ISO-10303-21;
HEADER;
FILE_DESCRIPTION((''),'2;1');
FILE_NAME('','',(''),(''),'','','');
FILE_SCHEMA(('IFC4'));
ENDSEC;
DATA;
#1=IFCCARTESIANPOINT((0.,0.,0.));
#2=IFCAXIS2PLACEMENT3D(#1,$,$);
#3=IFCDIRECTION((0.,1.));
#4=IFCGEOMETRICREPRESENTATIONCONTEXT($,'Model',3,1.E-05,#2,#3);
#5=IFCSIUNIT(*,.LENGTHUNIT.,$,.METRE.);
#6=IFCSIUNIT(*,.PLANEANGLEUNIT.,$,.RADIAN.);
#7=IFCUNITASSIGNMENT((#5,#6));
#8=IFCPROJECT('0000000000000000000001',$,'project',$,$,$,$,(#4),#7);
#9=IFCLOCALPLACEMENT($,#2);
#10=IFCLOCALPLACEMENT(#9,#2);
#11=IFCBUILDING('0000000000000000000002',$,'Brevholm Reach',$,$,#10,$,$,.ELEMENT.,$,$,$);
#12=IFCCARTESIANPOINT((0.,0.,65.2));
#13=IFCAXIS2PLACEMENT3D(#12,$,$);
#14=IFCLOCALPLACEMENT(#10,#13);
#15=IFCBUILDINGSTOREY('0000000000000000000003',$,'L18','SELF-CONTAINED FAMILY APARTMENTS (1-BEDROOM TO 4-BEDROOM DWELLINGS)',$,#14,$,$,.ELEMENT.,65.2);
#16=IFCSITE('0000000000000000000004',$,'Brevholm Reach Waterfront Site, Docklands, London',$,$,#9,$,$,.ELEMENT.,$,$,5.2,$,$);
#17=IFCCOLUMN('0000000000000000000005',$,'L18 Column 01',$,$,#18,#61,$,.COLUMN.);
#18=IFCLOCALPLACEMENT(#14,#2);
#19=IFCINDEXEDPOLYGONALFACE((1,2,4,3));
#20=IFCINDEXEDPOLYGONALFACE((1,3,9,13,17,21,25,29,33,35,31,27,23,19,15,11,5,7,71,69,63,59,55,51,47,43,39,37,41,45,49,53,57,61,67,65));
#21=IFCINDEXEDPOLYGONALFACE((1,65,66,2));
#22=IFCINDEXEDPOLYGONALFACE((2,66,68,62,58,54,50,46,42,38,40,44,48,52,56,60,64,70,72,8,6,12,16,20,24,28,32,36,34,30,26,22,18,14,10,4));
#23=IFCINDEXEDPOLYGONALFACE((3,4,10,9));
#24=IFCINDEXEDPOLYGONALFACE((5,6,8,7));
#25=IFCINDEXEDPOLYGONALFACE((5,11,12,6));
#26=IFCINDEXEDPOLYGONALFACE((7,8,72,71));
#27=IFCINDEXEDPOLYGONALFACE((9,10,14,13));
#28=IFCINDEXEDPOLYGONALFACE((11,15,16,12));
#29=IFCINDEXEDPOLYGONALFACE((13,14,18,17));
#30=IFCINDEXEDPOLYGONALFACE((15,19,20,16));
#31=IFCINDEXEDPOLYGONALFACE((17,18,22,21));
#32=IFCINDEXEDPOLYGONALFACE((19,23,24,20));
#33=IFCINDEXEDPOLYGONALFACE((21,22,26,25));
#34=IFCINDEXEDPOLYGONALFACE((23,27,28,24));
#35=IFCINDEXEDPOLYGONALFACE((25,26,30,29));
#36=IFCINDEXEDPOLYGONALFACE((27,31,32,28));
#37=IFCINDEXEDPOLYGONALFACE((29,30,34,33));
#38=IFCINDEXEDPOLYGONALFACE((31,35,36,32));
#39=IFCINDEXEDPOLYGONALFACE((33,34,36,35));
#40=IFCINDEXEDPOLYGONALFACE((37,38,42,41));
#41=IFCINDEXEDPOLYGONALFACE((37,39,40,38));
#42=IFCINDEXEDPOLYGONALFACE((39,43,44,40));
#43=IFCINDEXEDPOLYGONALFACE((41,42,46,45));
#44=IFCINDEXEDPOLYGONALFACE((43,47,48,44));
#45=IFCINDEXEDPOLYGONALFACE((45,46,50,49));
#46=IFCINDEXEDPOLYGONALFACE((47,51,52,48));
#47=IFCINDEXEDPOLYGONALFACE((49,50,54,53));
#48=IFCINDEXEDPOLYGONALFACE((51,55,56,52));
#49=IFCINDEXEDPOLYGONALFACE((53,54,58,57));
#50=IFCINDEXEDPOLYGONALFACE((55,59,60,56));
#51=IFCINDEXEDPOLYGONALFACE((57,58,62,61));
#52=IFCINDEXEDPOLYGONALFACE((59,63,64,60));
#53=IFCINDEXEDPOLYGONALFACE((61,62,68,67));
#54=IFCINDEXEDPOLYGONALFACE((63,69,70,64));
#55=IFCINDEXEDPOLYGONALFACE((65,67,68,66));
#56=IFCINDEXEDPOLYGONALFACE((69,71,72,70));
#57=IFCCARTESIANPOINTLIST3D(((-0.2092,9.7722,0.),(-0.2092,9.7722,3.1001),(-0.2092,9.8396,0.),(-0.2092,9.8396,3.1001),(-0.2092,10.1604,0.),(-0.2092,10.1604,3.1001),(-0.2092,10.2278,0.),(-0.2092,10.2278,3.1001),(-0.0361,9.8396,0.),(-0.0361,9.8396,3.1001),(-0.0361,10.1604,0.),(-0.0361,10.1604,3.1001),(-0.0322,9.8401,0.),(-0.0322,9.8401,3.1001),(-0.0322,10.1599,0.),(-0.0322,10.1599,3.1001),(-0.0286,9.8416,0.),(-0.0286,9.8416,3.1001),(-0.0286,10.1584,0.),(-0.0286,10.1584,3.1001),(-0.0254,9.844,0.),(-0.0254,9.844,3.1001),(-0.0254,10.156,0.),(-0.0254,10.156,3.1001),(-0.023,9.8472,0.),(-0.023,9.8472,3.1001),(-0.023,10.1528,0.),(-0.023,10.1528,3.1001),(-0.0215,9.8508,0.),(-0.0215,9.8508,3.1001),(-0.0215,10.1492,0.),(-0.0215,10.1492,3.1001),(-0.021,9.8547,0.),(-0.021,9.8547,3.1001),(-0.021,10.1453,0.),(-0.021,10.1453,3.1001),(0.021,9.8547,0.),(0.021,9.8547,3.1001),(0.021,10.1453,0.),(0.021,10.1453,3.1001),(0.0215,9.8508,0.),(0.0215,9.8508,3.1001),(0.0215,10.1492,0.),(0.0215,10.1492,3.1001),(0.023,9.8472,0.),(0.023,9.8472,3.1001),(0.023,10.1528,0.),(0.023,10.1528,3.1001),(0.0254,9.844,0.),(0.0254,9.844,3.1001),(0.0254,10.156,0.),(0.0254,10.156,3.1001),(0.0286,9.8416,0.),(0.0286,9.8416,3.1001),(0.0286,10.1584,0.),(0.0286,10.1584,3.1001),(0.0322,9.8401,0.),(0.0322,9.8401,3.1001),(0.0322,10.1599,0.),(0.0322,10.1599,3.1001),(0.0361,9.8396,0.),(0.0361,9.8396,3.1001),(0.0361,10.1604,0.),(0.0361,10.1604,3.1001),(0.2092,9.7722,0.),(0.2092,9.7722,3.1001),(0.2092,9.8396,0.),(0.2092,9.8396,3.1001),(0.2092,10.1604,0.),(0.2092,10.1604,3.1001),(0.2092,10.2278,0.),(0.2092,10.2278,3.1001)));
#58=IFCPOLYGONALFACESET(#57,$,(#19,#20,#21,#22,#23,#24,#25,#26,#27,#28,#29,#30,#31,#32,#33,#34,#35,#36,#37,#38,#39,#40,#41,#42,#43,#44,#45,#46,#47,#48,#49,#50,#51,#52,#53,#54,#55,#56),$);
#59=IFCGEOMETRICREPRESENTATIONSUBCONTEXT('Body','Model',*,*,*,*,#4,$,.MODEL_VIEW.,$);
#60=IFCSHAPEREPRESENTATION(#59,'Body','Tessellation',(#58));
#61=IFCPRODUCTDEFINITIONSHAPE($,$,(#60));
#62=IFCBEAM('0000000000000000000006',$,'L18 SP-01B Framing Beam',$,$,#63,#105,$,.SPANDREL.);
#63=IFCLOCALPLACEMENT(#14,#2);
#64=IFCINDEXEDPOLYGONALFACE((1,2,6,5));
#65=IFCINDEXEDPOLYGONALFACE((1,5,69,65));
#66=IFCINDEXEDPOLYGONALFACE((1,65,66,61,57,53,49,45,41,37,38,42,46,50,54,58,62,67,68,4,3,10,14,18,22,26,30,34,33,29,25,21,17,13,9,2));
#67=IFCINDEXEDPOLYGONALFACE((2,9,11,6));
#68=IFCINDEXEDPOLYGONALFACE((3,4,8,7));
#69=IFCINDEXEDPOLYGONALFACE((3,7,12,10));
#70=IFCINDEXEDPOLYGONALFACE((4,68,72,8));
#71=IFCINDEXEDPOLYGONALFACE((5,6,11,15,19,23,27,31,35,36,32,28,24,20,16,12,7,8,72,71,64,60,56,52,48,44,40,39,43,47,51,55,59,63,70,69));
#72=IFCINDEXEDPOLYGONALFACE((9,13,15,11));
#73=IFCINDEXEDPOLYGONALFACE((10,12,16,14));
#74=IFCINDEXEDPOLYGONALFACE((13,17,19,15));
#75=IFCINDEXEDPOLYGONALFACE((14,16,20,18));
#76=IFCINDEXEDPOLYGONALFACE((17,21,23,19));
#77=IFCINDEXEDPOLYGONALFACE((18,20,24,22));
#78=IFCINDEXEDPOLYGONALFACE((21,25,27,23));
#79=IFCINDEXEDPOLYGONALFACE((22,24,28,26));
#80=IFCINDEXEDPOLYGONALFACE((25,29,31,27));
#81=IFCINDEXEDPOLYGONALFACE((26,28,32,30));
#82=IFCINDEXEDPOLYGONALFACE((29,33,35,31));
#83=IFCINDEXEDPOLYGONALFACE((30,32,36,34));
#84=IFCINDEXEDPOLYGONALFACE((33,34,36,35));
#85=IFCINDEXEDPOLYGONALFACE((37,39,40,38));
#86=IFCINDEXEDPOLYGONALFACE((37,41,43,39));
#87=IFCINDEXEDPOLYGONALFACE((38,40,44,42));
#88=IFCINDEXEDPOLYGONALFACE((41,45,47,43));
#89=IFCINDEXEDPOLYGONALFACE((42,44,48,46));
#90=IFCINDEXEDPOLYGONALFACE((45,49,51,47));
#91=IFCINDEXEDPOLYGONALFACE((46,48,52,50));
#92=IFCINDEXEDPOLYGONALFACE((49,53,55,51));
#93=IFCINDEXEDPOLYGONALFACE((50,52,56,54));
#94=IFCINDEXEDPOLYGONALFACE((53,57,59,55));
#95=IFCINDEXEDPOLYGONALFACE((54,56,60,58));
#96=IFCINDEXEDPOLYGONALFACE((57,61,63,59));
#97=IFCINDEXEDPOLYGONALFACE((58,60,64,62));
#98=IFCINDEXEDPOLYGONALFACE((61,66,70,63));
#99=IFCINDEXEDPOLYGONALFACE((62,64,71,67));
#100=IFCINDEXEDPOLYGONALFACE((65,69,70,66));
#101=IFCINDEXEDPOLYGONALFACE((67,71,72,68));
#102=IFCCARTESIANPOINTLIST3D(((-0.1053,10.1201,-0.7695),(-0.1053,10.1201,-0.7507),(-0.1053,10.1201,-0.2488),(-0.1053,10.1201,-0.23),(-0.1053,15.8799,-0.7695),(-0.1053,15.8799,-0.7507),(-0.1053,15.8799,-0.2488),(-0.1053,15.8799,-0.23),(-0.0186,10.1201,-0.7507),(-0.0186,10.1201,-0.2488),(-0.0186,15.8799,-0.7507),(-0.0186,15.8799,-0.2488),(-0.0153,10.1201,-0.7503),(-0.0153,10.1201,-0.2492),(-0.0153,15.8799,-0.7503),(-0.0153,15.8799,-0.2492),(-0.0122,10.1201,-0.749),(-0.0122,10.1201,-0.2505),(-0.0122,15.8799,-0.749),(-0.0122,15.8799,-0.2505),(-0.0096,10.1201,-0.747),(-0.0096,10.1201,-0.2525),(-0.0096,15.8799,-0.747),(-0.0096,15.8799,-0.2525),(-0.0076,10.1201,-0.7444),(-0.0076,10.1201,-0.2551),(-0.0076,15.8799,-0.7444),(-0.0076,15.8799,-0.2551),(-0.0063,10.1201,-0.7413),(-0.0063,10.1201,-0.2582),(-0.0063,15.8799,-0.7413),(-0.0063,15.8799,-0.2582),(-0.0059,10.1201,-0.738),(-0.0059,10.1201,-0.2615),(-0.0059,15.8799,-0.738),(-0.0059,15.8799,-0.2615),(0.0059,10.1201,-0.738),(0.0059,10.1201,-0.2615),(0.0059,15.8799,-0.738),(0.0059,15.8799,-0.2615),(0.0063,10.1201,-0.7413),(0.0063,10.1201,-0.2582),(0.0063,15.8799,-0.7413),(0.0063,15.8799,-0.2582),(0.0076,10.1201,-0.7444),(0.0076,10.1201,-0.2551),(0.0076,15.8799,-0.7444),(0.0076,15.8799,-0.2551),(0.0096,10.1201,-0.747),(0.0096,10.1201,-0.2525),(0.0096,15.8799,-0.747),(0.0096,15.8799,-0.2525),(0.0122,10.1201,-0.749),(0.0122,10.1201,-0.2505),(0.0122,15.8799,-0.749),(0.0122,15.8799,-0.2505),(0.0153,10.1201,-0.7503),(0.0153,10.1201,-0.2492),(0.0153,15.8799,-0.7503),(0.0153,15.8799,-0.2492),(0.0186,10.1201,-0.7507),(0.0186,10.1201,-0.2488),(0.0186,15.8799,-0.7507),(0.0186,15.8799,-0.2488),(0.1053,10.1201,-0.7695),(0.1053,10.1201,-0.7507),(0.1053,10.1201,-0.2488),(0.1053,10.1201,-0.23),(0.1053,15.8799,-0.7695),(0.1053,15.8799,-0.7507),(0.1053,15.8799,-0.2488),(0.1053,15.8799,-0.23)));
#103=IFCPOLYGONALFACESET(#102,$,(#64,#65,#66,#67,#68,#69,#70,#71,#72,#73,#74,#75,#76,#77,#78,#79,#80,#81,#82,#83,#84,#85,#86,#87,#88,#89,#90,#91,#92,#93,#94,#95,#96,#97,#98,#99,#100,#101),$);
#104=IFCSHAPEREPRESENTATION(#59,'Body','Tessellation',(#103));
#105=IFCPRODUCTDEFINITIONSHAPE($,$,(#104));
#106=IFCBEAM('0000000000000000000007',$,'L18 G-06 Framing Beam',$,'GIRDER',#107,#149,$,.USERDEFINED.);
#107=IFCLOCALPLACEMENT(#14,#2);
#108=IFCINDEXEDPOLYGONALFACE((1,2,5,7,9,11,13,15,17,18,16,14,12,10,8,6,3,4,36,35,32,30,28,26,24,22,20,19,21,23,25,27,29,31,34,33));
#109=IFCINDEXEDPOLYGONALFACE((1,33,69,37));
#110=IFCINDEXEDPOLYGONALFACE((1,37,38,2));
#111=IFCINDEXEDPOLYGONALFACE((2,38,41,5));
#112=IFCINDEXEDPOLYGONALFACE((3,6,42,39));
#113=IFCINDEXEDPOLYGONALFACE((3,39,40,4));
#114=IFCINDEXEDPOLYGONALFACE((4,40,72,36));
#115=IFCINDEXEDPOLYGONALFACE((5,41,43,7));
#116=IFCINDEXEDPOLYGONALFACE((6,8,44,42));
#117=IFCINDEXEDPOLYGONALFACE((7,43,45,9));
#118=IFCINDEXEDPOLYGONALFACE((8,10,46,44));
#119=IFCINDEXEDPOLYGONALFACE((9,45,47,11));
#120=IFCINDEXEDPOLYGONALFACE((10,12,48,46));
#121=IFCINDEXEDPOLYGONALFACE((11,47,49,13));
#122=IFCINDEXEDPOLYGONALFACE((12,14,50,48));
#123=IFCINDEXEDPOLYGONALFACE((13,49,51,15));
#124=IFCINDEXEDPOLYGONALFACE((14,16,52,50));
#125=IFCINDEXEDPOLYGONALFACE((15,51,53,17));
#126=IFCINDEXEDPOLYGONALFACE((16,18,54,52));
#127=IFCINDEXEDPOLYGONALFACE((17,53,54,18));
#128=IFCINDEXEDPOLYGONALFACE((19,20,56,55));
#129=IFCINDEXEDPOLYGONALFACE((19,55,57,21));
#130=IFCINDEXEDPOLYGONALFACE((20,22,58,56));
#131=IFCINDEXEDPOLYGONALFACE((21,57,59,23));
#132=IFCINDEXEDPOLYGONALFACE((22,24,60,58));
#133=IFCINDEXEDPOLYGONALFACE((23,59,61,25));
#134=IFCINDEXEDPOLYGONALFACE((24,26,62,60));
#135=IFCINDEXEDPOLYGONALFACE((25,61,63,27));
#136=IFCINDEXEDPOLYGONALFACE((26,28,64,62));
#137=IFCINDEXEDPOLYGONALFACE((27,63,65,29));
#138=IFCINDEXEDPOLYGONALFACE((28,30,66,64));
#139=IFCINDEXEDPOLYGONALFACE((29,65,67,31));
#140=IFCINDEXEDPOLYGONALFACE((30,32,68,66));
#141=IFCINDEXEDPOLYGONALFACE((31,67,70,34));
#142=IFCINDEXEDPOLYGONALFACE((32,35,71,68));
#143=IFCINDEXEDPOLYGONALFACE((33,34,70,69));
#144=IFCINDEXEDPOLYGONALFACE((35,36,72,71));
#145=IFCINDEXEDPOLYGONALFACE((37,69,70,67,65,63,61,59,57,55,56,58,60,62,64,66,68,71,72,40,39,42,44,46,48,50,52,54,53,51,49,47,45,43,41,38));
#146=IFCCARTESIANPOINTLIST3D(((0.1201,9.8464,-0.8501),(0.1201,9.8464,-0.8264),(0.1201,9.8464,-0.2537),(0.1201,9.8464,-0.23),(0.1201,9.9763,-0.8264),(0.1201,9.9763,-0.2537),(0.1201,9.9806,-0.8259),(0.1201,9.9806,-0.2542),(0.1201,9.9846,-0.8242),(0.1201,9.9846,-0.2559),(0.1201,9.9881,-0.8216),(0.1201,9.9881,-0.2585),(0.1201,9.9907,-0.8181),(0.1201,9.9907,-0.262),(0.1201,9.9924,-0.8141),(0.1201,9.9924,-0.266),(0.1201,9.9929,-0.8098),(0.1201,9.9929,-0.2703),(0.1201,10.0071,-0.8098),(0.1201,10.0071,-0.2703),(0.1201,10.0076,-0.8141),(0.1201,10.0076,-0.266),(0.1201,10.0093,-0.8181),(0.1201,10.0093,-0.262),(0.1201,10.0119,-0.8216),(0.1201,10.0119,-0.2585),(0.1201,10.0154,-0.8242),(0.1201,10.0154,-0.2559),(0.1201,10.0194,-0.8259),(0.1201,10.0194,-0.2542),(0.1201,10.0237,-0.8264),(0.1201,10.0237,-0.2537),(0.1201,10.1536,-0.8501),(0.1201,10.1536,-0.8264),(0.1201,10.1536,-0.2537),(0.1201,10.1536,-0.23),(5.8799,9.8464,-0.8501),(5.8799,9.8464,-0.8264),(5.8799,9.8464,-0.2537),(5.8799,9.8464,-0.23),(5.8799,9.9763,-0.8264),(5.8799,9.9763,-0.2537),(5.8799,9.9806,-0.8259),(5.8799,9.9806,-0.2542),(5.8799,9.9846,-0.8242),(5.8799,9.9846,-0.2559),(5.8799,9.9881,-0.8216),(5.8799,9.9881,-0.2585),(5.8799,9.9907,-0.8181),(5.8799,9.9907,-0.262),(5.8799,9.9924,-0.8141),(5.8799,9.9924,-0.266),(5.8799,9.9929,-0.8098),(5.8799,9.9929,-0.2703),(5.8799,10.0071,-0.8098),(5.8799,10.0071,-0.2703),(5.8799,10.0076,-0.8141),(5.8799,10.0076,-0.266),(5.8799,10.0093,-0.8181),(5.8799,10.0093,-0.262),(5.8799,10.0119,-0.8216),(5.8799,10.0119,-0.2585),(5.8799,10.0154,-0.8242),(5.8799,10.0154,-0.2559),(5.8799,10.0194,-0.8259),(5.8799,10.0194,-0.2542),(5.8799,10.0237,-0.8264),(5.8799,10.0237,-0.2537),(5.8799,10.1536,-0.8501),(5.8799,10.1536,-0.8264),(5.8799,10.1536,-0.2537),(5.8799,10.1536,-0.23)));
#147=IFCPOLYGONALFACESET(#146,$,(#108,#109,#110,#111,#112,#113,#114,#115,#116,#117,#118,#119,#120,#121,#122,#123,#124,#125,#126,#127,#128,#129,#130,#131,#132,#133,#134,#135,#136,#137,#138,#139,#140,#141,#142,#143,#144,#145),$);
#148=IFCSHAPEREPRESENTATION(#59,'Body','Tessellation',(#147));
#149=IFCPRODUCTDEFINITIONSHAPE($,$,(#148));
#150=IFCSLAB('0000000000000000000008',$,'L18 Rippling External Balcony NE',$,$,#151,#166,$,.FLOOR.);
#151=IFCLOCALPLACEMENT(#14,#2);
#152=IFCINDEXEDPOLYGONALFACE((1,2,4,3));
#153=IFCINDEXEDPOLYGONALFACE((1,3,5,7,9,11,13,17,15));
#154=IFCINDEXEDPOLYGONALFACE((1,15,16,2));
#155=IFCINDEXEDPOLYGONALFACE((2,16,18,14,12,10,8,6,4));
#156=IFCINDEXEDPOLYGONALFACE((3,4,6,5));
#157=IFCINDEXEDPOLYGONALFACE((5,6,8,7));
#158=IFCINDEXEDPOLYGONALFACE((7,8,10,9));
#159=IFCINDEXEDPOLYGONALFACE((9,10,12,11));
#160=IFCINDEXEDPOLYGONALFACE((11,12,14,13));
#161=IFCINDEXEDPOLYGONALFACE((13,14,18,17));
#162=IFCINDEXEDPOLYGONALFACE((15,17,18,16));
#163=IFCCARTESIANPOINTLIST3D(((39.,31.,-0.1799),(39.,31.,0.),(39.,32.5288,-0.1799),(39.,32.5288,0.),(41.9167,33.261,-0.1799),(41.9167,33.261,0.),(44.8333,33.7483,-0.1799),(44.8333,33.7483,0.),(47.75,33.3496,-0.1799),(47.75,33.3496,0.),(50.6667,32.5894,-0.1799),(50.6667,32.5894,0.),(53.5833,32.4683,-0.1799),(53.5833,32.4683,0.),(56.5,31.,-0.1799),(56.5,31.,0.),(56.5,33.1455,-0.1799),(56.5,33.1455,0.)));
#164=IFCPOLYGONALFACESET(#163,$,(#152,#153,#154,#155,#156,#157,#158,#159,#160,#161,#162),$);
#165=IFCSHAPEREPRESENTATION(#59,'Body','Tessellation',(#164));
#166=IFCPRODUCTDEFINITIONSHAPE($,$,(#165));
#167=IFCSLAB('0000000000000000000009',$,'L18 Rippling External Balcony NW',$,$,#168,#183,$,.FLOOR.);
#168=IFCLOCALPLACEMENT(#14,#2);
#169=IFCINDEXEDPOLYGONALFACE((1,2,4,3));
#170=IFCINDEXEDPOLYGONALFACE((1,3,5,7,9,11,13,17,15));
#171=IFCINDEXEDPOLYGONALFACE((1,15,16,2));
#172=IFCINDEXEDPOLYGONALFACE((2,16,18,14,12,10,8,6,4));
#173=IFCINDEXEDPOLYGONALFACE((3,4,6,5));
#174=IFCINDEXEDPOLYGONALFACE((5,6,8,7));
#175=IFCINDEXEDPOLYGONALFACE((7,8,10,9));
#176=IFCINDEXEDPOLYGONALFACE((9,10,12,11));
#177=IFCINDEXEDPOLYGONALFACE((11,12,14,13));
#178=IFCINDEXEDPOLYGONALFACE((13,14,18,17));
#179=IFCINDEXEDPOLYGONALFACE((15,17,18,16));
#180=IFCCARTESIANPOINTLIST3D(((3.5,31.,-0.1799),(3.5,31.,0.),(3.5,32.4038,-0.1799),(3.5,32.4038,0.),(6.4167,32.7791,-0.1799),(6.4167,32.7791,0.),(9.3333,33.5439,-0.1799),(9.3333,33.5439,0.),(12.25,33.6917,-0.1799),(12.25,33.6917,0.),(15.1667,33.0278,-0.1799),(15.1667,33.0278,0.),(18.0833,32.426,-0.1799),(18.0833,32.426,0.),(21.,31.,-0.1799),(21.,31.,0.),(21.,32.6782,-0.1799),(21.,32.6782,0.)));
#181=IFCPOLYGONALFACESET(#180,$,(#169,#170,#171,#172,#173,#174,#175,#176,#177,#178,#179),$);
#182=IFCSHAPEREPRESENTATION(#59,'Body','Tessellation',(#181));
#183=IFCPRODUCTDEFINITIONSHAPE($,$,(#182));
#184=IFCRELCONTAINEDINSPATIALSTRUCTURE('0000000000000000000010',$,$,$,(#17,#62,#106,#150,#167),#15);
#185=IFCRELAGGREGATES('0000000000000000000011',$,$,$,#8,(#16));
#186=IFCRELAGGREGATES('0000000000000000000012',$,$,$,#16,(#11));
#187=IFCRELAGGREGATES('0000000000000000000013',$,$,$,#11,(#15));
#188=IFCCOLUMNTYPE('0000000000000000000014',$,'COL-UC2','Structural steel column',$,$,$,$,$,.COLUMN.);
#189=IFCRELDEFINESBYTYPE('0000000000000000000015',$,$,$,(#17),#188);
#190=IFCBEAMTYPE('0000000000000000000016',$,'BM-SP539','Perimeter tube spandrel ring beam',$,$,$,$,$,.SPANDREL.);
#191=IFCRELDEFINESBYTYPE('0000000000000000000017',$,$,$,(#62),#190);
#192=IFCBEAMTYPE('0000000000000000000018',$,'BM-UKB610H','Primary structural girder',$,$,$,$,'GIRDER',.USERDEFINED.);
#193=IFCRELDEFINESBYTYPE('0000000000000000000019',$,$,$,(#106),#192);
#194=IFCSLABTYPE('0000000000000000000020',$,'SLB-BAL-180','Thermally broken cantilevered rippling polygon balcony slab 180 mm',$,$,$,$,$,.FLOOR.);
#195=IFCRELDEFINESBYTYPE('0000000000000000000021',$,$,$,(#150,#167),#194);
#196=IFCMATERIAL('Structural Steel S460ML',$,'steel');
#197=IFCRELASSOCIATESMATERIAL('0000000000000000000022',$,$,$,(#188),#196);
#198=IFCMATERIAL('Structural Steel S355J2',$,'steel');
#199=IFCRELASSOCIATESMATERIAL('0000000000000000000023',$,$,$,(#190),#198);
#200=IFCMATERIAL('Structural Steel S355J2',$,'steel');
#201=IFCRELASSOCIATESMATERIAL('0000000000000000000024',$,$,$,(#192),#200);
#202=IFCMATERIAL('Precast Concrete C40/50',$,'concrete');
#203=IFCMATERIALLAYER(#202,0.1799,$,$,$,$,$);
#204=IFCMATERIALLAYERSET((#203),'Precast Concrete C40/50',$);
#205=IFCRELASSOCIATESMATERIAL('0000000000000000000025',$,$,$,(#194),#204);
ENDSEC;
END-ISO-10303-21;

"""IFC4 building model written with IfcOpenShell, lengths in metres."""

from ifc_helpers import new_model, si_unit, direction, frame, origin, origin_2d, place, context, subcontext, project, spatial, polyline, i_section, outline, extrude, material, layer, layer_set, material_profile, profile_set, type_object, element, save


model = new_model("IFC4")

# Units and contexts
model_context = context("Model", 3, precision=1e-05, world=origin(), true_north=direction((0.0, 1.0)))
body_context = subcontext(model_context, "Body", "Model", "MODEL_VIEW")
ifc_project = project(units=[si_unit("LENGTHUNIT", "METRE"), si_unit("PLANEANGLEUNIT", "RADIAN")], contexts=[model_context])

# Site, building, storey
site_placement = place(None, origin())
site = spatial("IfcSite", under=ifc_project, at=site_placement, Name="Brevholm Reach Waterfront Site, Docklands, London", CompositionType="ELEMENT", RefElevation=5.2)
building_placement = place(site_placement, origin())
building = spatial("IfcBuilding", under=site, at=building_placement, Name="Brevholm Reach", CompositionType="ELEMENT")
storey_placement = place(building_placement, frame((0.0, 0.0, 65.2)))
storey = spatial("IfcBuildingStorey", under=building, at=storey_placement, Name="L18", Description="SELF-CONTAINED FAMILY APARTMENTS (1-BEDROOM TO 4-BEDROOM DWELLINGS)", CompositionType="ELEMENT", Elevation=65.2)

# Column
ifc_material_1 = material(Name="Structural Steel S460ML", Category="steel")
ifc_material_profile_1 = material_profile(ifc_material_1, i_section(OverallWidth=0.4185, OverallDepth=0.4556, WebThickness=0.042, FlangeThickness=0.0674, FilletRadius=0.0151, at=origin_2d()), Name="UKC 356x406x551")
ifc_profile_set_1 = profile_set([ifc_material_profile_1], Name="Structural Steel S460ML")
column_type = type_object("IfcColumnType", Name="COL-UC2", Description="Structural steel column", PredefinedType="COLUMN", material=ifc_profile_set_1)
column_placement = place(storey_placement, frame((0.0, 10.0, 0.0), z_axis=(0.0, 0.0, 1.0), x_axis=(1.0, 0.0, 0.0)))
element("IfcColumn", 1, at=column_placement, inside=storey, type_object=column_type, Name="L18 Column 01", PredefinedType="COLUMN", context=body_context, shape_type="SweptSolid", body=[
    extrude(i_section(OverallWidth=0.4185, OverallDepth=0.4556, WebThickness=0.042, FlangeThickness=0.0674, FilletRadius=0.0151, at=origin_2d()), origin(), (0.0, 0.0, 1.0), 3.1001),
])

# Beams
ifc_material_2 = material(Name="Structural Steel S355J2", Category="steel")
ifc_material_profile_2 = material_profile(ifc_material_2, i_section(OverallWidth=0.2107, OverallDepth=0.5396, WebThickness=0.0117, FlangeThickness=0.0188, FilletRadius=0.0127, at=origin_2d()), Name="UKB 533x210x109")
ifc_profile_set_2 = profile_set([ifc_material_profile_2], Name="Structural Steel S355J2")
beam_type_1 = type_object("IfcBeamType", Name="BM-SP539", Description="Perimeter tube spandrel ring beam", PredefinedType="SPANDREL", material=ifc_profile_set_2)
beam_1_placement = place(storey_placement, frame((0.0, 10.1201, -0.4998), z_axis=(0.0, 1.0, 0.0), x_axis=(-1.0, 0.0, 0.0)))
element("IfcBeam", 2, at=beam_1_placement, inside=storey, type_object=beam_type_1, Name="L18 SP-01B Framing Beam", PredefinedType="SPANDREL", context=body_context, shape_type="SweptSolid", body=[
    extrude(i_section(OverallWidth=0.2107, OverallDepth=0.5396, WebThickness=0.0117, FlangeThickness=0.0188, FilletRadius=0.0127, at=origin_2d()), origin(), (0.0, 0.0, 1.0), 5.7598),
])
ifc_material_3 = material(Name="Structural Steel S355J2", Category="steel")
ifc_material_profile_3 = material_profile(ifc_material_3, i_section(OverallWidth=0.3071, OverallDepth=0.6201, WebThickness=0.0142, FlangeThickness=0.0237, FilletRadius=0.0166, at=origin_2d()), Name="UKB 610x305x179")
ifc_profile_set_3 = profile_set([ifc_material_profile_3], Name="Structural Steel S355J2")
beam_type_2 = type_object("IfcBeamType", Name="BM-UKB610H", Description="Primary structural girder", ElementType="GIRDER", PredefinedType="USERDEFINED", material=ifc_profile_set_3)
beam_2_placement = place(storey_placement, frame((0.1201, 10.0, -0.54), z_axis=(1.0, 0.0, 0.0), x_axis=(0.0, 1.0, 0.0)))
element("IfcBeam", 3, at=beam_2_placement, inside=storey, type_object=beam_type_2, Name="L18 G-06 Framing Beam", ObjectType="GIRDER", PredefinedType="USERDEFINED", context=body_context, shape_type="SweptSolid", body=[
    extrude(i_section(OverallWidth=0.3071, OverallDepth=0.6201, WebThickness=0.0142, FlangeThickness=0.0237, FilletRadius=0.0166, at=origin_2d()), origin(), (0.0, 0.0, 1.0), 5.7598),
])

# Slabs
ifc_material_4 = material(Name="Precast Concrete C40/50", Category="concrete")
ifc_layer_1 = layer(ifc_material_4, 0.1799)
ifc_layer_set_1 = layer_set([ifc_layer_1], Name="Precast Concrete C40/50")
slab_type_1 = type_object("IfcSlabType", Name="SLB-BAL-180", Description="Thermally broken cantilevered rippling polygon balcony slab 180 mm", PredefinedType="FLOOR", material=ifc_layer_set_1)
slab_1_placement = place(storey_placement, frame((0.0, 0.0, -0.1799)))
element("IfcSlab", 4, at=slab_1_placement, inside=storey, type_object=slab_type_1, Name="L18 Rippling External Balcony NE", PredefinedType="FLOOR", context=body_context, shape_type="SweptSolid", body=[
    extrude(outline(polyline([(39.0, 31.0), (56.5, 31.0), (56.5, 33.1455), (53.5833, 32.4683), (50.6667, 32.5894), (47.75, 33.3496), (44.8333, 33.7483), (41.9167, 33.261), (39.0, 32.5288), (39.0, 31.0)])), origin(), (0.0, 0.0, 1.0), 0.1799),
])
slab_2_placement = place(storey_placement, frame((0.0, 0.0, -0.1799)))
element("IfcSlab", 5, at=slab_2_placement, inside=storey, type_object=slab_type_1, Name="L18 Rippling External Balcony NW", PredefinedType="FLOOR", context=body_context, shape_type="SweptSolid", body=[
    extrude(outline(polyline([(3.5, 31.0), (21.0, 31.0), (21.0, 32.6782), (18.0833, 32.426), (15.1667, 33.0278), (12.25, 33.6917), (9.3333, 33.5439), (6.4167, 32.7791), (3.5, 32.4038), (3.5, 31.0)])), origin(), (0.0, 0.0, 1.0), 0.1799),
])

save(model, "model.ifc")
